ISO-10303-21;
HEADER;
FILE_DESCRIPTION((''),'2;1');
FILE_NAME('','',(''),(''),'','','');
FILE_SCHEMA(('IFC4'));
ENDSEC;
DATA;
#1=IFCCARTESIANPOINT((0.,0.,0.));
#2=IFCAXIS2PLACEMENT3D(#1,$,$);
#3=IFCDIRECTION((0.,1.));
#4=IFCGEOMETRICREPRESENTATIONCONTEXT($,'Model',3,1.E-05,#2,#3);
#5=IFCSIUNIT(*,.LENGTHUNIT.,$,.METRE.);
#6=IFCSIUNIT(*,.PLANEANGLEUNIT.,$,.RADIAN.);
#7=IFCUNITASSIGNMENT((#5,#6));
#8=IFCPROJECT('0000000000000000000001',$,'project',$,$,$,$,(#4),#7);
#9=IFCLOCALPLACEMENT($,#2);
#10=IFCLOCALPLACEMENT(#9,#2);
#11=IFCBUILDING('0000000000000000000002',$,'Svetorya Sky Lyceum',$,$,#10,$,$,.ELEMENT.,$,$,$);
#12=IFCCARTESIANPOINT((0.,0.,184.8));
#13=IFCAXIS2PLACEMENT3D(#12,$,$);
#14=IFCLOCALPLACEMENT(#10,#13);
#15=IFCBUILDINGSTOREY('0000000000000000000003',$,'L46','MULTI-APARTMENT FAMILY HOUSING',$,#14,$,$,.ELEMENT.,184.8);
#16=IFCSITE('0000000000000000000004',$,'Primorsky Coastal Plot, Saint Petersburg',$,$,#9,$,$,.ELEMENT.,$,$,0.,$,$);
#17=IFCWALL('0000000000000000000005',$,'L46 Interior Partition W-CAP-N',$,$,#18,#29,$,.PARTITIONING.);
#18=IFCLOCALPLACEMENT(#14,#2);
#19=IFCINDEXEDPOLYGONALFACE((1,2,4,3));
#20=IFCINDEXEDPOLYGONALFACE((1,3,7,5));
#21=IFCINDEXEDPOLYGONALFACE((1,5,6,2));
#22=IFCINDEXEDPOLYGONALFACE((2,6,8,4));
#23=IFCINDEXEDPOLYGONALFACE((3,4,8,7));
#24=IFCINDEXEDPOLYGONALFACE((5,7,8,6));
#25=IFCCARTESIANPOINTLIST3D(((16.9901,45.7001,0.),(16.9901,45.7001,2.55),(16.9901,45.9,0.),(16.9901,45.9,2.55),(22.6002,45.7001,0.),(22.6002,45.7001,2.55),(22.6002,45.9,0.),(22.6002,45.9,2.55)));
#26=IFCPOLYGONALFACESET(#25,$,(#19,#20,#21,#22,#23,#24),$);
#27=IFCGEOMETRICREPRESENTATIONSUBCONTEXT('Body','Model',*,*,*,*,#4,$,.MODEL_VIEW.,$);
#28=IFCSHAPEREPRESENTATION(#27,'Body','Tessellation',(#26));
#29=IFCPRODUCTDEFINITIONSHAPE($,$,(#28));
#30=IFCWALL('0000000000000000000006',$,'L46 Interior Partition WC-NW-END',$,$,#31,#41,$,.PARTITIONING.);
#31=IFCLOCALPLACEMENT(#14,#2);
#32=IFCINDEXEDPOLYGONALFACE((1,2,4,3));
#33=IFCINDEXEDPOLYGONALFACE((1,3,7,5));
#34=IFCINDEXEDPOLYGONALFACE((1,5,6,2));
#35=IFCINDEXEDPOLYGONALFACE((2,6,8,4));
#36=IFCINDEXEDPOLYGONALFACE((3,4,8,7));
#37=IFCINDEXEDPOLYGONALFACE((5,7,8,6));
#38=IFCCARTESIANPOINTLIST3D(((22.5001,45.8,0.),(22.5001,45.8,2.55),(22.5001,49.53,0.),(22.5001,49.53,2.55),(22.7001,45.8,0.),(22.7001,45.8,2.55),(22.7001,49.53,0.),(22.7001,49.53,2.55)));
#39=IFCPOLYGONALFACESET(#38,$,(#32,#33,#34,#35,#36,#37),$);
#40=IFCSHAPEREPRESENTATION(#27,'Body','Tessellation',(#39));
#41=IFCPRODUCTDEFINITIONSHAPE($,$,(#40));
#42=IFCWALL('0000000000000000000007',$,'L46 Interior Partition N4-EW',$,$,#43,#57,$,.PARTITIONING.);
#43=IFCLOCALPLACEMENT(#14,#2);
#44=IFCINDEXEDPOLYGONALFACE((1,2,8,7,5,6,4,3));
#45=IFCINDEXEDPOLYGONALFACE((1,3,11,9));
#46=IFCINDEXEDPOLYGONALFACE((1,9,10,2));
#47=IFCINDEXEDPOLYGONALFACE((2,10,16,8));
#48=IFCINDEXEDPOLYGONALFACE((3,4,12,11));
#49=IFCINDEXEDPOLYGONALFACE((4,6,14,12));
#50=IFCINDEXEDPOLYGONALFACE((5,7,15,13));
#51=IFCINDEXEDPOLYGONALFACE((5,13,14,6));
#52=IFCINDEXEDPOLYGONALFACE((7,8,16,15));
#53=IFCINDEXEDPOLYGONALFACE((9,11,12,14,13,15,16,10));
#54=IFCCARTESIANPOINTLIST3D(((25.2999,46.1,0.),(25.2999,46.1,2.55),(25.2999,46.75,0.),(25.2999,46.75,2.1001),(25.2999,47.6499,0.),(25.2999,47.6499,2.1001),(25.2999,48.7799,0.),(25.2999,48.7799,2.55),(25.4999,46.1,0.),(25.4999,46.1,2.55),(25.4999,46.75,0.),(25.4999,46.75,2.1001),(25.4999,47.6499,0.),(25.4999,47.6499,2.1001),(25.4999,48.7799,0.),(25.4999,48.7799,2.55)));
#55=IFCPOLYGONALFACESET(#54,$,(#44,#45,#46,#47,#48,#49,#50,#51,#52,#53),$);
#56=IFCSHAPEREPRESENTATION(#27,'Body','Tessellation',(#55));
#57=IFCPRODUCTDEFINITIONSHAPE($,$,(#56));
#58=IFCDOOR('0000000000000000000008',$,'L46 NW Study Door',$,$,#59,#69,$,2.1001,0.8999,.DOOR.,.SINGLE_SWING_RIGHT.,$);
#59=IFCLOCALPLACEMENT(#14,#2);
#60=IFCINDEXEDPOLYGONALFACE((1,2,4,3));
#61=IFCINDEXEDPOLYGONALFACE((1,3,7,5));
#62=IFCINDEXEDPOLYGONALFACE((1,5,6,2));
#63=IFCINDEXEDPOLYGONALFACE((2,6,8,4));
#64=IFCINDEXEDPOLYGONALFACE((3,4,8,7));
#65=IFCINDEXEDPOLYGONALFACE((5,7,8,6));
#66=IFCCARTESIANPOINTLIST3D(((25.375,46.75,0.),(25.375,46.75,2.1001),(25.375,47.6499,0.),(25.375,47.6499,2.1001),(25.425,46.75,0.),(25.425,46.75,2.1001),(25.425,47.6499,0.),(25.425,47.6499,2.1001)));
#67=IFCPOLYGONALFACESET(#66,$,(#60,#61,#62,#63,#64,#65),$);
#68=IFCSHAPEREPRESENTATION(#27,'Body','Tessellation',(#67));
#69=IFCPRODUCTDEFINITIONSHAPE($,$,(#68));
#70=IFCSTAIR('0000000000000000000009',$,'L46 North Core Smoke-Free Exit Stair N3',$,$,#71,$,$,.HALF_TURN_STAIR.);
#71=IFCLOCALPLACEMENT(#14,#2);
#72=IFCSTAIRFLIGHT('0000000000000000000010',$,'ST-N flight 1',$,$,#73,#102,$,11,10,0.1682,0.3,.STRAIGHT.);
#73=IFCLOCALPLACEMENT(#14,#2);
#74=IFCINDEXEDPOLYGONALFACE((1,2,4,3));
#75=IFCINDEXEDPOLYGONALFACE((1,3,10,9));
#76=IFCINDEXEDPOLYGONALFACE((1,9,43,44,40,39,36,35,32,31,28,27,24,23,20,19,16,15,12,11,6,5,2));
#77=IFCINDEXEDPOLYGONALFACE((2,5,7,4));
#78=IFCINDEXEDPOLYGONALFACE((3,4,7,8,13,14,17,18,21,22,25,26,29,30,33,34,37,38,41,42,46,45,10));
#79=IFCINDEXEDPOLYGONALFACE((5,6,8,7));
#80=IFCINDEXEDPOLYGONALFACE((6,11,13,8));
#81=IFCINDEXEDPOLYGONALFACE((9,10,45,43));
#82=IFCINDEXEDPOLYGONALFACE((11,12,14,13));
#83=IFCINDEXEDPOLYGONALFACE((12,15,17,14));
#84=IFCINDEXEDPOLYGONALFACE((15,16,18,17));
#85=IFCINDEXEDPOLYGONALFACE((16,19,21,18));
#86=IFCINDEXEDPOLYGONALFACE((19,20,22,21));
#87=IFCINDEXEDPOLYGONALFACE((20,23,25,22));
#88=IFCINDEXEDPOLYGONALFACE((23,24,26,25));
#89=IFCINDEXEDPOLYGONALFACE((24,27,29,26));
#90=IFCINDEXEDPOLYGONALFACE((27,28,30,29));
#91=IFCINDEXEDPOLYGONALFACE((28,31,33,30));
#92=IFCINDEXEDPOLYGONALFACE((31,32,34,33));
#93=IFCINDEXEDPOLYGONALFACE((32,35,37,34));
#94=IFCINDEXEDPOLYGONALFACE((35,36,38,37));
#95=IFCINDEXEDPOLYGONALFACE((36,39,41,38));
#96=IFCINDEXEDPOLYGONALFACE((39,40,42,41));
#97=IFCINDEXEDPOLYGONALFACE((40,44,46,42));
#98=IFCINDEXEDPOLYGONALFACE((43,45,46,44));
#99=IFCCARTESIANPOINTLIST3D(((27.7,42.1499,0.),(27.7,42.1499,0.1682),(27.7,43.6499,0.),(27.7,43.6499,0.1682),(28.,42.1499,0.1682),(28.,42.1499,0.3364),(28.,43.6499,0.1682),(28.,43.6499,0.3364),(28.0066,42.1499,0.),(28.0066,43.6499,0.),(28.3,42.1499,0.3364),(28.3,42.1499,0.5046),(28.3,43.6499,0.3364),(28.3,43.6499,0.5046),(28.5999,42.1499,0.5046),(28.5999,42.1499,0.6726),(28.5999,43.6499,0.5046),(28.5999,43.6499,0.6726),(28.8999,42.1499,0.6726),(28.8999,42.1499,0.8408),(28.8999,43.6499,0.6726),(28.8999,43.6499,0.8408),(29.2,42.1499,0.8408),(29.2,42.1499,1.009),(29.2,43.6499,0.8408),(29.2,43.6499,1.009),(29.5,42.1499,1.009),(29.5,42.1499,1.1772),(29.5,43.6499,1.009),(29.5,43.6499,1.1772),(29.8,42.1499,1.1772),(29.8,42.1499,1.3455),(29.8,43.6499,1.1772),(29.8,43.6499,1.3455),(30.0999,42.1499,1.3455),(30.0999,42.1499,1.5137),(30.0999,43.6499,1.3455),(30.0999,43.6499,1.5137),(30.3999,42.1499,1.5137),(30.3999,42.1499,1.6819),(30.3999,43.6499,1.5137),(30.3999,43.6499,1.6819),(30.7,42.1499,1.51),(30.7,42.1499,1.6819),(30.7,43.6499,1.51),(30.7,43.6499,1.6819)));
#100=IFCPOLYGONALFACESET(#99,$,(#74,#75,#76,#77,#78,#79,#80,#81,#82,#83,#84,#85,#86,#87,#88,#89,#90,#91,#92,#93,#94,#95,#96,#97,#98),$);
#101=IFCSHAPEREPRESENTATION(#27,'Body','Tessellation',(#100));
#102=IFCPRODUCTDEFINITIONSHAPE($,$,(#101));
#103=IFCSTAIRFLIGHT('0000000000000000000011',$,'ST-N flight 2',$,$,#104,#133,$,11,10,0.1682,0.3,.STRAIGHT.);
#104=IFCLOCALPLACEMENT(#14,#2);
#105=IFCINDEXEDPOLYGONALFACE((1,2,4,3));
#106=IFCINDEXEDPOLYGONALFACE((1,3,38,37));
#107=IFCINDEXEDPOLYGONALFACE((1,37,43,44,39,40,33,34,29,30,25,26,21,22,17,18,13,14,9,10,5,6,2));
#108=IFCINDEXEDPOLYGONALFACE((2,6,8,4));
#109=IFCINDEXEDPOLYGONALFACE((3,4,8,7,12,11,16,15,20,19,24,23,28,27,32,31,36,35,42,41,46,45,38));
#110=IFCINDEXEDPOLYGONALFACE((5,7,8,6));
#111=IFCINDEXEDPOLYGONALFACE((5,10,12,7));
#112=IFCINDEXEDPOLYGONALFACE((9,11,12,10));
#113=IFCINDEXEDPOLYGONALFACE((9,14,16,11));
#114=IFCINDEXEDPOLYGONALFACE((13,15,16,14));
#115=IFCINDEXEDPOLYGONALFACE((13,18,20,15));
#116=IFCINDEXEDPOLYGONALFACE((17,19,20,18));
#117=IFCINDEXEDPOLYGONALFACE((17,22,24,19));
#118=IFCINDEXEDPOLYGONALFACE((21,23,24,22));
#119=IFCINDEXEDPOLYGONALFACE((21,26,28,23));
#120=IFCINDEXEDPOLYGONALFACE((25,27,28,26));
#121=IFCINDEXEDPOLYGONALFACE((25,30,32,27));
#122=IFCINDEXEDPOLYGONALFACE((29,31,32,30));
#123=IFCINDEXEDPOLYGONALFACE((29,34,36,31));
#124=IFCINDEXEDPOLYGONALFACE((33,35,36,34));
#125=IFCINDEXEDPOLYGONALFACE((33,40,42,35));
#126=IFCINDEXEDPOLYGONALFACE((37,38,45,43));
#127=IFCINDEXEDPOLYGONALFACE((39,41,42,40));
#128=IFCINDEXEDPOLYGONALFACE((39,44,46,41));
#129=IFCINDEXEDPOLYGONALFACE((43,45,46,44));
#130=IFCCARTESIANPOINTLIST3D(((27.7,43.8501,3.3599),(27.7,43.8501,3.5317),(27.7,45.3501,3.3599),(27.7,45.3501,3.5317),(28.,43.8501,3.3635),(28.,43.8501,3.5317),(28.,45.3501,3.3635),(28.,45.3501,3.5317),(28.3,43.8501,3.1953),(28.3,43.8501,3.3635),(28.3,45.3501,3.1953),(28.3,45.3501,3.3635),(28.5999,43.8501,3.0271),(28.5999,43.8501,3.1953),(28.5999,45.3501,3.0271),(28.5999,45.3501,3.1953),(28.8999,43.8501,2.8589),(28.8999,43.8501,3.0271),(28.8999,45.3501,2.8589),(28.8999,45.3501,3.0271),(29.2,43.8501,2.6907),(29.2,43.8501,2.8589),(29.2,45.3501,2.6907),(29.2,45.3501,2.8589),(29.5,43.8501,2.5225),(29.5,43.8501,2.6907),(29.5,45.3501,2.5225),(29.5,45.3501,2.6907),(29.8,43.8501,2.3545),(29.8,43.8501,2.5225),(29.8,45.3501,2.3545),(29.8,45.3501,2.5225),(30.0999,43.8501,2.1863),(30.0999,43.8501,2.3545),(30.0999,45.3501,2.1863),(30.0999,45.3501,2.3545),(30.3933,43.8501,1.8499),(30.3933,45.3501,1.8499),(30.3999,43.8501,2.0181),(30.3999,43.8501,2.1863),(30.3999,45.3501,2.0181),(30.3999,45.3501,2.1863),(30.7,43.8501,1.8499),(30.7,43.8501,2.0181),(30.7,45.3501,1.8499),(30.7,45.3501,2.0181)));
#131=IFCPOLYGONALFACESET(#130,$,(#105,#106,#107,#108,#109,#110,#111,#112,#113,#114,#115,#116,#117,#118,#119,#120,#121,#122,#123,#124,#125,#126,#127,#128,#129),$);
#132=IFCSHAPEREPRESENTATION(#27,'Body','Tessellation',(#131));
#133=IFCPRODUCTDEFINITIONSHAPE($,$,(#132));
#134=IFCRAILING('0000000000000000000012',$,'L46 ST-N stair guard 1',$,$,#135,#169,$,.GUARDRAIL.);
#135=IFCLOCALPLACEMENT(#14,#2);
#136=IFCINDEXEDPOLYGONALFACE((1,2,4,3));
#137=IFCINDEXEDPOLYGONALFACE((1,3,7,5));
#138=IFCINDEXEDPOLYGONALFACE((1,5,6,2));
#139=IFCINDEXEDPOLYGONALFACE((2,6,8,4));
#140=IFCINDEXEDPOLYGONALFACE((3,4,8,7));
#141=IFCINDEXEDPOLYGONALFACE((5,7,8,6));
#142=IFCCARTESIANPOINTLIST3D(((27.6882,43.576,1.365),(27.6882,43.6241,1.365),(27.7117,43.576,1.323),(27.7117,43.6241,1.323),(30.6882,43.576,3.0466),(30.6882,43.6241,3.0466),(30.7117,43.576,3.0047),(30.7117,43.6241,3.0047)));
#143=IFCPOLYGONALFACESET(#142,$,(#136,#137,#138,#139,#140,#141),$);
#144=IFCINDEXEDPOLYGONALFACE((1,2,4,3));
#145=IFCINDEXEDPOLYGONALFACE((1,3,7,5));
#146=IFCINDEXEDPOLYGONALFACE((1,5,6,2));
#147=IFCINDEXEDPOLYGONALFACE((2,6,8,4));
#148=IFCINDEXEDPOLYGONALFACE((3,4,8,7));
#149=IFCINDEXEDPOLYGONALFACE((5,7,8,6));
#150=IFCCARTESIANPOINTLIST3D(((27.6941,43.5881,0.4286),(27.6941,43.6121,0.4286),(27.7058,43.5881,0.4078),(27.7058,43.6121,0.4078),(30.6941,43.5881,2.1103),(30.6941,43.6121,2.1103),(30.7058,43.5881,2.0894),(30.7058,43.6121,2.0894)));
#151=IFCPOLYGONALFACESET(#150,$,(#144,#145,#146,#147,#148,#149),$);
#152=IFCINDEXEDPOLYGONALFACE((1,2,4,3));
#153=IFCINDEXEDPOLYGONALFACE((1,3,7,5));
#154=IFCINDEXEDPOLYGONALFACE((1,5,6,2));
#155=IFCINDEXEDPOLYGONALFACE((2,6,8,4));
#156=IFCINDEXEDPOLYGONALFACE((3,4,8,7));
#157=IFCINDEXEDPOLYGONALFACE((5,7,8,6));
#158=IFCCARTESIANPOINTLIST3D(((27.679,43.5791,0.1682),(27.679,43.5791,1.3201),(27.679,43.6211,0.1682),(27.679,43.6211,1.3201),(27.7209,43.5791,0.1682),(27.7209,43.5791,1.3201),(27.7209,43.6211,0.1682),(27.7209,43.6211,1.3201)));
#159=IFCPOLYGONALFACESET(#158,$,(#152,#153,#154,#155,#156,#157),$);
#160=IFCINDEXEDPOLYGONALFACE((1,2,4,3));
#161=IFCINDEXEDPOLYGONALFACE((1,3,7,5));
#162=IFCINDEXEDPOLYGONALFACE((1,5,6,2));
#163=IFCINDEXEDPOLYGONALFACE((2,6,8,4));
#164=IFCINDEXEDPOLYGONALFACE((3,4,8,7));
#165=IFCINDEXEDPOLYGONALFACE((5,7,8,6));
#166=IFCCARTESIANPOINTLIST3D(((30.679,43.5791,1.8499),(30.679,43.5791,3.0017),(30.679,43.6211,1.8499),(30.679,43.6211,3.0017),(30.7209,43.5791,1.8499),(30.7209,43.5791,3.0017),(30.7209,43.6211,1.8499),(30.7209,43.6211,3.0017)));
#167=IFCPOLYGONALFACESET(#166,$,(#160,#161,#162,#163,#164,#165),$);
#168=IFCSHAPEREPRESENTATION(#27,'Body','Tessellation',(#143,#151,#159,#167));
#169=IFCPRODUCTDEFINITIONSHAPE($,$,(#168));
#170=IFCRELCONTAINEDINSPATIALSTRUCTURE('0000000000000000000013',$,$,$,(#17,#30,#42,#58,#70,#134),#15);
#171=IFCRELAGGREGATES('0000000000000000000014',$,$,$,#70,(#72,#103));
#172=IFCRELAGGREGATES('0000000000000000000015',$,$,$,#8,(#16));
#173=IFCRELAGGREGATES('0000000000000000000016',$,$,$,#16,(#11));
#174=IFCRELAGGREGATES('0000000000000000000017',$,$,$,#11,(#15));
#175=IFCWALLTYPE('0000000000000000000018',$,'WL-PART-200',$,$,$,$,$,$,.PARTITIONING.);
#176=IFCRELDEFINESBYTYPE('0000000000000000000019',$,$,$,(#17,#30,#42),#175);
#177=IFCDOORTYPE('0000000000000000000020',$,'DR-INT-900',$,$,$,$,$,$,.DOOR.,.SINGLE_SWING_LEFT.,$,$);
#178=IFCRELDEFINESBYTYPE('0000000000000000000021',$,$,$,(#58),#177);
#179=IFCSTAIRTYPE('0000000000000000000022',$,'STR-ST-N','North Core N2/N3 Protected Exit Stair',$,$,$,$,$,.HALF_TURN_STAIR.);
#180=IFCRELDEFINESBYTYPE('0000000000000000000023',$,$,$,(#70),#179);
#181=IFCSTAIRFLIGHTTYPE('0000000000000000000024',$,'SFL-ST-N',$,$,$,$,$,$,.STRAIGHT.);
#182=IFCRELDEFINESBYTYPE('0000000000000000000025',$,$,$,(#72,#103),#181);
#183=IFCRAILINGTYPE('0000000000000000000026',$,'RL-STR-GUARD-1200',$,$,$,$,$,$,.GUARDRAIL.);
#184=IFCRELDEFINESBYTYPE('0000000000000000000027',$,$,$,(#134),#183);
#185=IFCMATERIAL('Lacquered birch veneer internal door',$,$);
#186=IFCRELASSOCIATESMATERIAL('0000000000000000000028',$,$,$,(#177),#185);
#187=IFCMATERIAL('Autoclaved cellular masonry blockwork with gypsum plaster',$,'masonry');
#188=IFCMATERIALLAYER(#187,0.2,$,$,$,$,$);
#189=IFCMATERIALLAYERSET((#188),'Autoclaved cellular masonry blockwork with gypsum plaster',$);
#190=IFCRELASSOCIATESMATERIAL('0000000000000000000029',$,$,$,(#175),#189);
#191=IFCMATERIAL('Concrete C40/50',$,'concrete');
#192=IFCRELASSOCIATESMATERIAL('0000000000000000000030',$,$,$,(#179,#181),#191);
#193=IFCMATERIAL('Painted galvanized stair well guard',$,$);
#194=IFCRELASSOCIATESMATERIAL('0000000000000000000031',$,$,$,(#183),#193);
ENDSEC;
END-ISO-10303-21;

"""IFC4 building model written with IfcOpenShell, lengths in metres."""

from ifc_helpers import new_model, si_unit, direction, frame, frame_2d, origin, origin_2d, place, context, subcontext, project, spatial, polyline, rectangle, outline, extrude, material, layer, layer_set, type_object, element, fill, aggregate, save


model = new_model("IFC4")

# Units and contexts
model_context = context("Model", 3, precision=1e-05, world=origin(), true_north=direction((0.0, 1.0)))
body_context = subcontext(model_context, "Body", "Model", "MODEL_VIEW")
ifc_project = project(units=[si_unit("LENGTHUNIT", "METRE"), si_unit("PLANEANGLEUNIT", "RADIAN")], contexts=[model_context])

# Site, building, storey
site_placement = place(None, origin())
site = spatial("IfcSite", under=ifc_project, at=site_placement, Name="Primorsky Coastal Plot, Saint Petersburg", CompositionType="ELEMENT", RefElevation=0.0)
building_placement = place(site_placement, origin())
building = spatial("IfcBuilding", under=site, at=building_placement, Name="Svetorya Sky Lyceum", CompositionType="ELEMENT")
storey_placement = place(building_placement, frame((0.0, 0.0, 184.8)))
storey = spatial("IfcBuildingStorey", under=building, at=storey_placement, Name="L46", Description="MULTI-APARTMENT FAMILY HOUSING", CompositionType="ELEMENT", Elevation=184.8)

# Shared definitions
ifc_material_1 = material(Name="Lacquered birch veneer internal door")
door_type = type_object("IfcDoorType", Name="DR-INT-900", OperationType="SINGLE_SWING_LEFT", PredefinedType="DOOR", material=ifc_material_1)

# Walls
ifc_material_2 = material(Name="Autoclaved cellular masonry blockwork with gypsum plaster", Category="masonry")
ifc_layer_1 = layer(ifc_material_2, 0.2)
ifc_layer_set_1 = layer_set([ifc_layer_1], Name="Autoclaved cellular masonry blockwork with gypsum plaster")
wall_type_1 = type_object("IfcWallType", Name="WL-PART-200", PredefinedType="PARTITIONING", material=ifc_layer_set_1)
wall_1_placement = place(storey_placement, frame((16.99, 45.8, 0.0), z_axis=(0.0, 0.0, 1.0), x_axis=(1.0, 0.0, 0.0)))
element("IfcWall", 1, at=wall_1_placement, inside=storey, type_object=wall_type_1, Name="L46 Interior Partition W-CAP-N", PredefinedType="PARTITIONING", context=body_context, shape_type="SweptSolid", body=[
    extrude(rectangle(XDim=5.6101, YDim=0.2, at=frame_2d((2.8052, 0.0))), origin(), (0.0, 0.0, 1.0), 2.55),
])
wall_2_placement = place(storey_placement, frame((22.6001, 45.8, 0.0), z_axis=(0.0, 0.0, 1.0), x_axis=(0.0, 1.0, 0.0)))
element("IfcWall", 2, at=wall_2_placement, inside=storey, type_object=wall_type_1, Name="L46 Interior Partition WC-NW-END", PredefinedType="PARTITIONING", context=body_context, shape_type="SweptSolid", body=[
    extrude(rectangle(XDim=3.73, YDim=0.2, at=frame_2d((1.865, 0.0))), origin(), (0.0, 0.0, 1.0), 2.55),
])

# Wall, opening, door
wall_3_placement = place(storey_placement, frame((25.3999, 46.1001, 0.0), z_axis=(0.0, 0.0, 1.0), x_axis=(0.0, 1.0, 0.0)))
wall_3 = element("IfcWall", 3, at=wall_3_placement, inside=storey, type_object=wall_type_1, Name="L46 Interior Partition N4-EW", PredefinedType="PARTITIONING", context=body_context, shape_type="SweptSolid", body=[
    extrude(rectangle(XDim=2.6799, YDim=0.2, at=frame_2d((1.3398, 0.0))), origin(), (0.0, 0.0, 1.0), 2.55),
])
opening_1_placement = place(wall_3_placement, frame((0.6499, 0.0, 0.0)))
opening_1 = element("IfcOpeningElement", 4, at=opening_1_placement, cuts=wall_3, PredefinedType="OPENING", context=body_context, shape_type="SweptSolid", body=[
    extrude(rectangle(XDim=0.8999, YDim=2.1001, at=frame_2d((0.45, 1.05))), frame((0.0, 0.1099, 0.0), z_axis=(0.0, -1.0, 0.0), x_axis=(1.0, 0.0, 0.0)), (0.0, 0.0, 1.0), 0.22),
])
door_1_placement = place(opening_1_placement, origin())
door_1 = element("IfcDoor", 5, at=door_1_placement, inside=storey, type_object=door_type, Name="L46 NW Study Door", OperationType="SINGLE_SWING_RIGHT", OverallHeight=2.1001, OverallWidth=0.8999, PredefinedType="DOOR", context=body_context, shape_type="SweptSolid", body=[
    extrude(rectangle(XDim=0.8999, YDim=2.1001, at=frame_2d((0.45, 1.05))), frame((0.0, 0.0249, 0.0), z_axis=(0.0, -1.0, 0.0), x_axis=(1.0, 0.0, 0.0)), (0.0, 0.0, 1.0), 0.05),
])
fill(opening_1, door_1)

# Stair, stair flights
ifc_material_3 = material(Name="Concrete C40/50", Category="concrete")
stair_type = type_object("IfcStairType", Name="STR-ST-N", Description="North Core N2/N3 Protected Exit Stair", PredefinedType="HALF_TURN_STAIR", material=ifc_material_3)
stair_placement = place(storey_placement, origin())
stair = element("IfcStair", 6, at=stair_placement, inside=storey, type_object=stair_type, Name="L46 North Core Smoke-Free Exit Stair N3", PredefinedType="HALF_TURN_STAIR")
stair_flight_type = type_object("IfcStairFlightType", Name="SFL-ST-N", PredefinedType="STRAIGHT", material=ifc_material_3)
stair_flight_1_placement = place(storey_placement, frame((27.7, 42.8999, 0.0), z_axis=(0.0, 0.0, 1.0), x_axis=(1.0, 0.0, 0.0)))
stair_flight_1 = element("IfcStairFlight", 7, at=stair_flight_1_placement, type_object=stair_flight_type, Name="ST-N flight 1", NumberOfRisers=11, NumberOfTreads=10, PredefinedType="STRAIGHT", RiserHeight=0.1682, TreadLength=0.3, context=body_context, shape_type="SweptSolid", body=[
    extrude(outline(polyline([(0.0, 0.0), (0.0, 0.1682), (0.3, 0.1682), (0.3, 0.3364), (0.6001, 0.3364), (0.6001, 0.5046), (0.8999, 0.5046), (0.8999, 0.6726), (1.2, 0.6726), (1.2, 0.8408), (1.5, 0.8408), (1.5, 1.009), (1.8, 1.009), (1.8, 1.1772), (2.1001, 1.1772), (2.1001, 1.3455), (2.3999, 1.3455), (2.3999, 1.5137), (2.7, 1.5137), (2.7, 1.6819), (3.0, 1.6819), (3.0, 1.8501), (3.0, 1.51), (0.3066, 0.0), (0.0, 0.0)])), frame((0.0, 0.75, 0.0), z_axis=(0.0, -1.0, 0.0), x_axis=(1.0, 0.0, 0.0)), (0.0, 0.0, 1.0), 1.5),
])
stair_flight_2_placement = place(storey_placement, frame((30.7, 44.6001, 1.8499), z_axis=(0.0, 0.0, 1.0), x_axis=(-1.0, 0.0, 0.0)))
stair_flight_2 = element("IfcStairFlight", 8, at=stair_flight_2_placement, type_object=stair_flight_type, Name="ST-N flight 2", NumberOfRisers=11, NumberOfTreads=10, PredefinedType="STRAIGHT", RiserHeight=0.1682, TreadLength=0.3, context=body_context, shape_type="SweptSolid", body=[
    extrude(outline(polyline([(0.0, 0.0), (0.0, 0.1682), (0.3, 0.1682), (0.3, 0.3364), (0.6001, 0.3364), (0.6001, 0.5046), (0.8999, 0.5046), (0.8999, 0.6726), (1.2, 0.6726), (1.2, 0.8408), (1.5, 0.8408), (1.5, 1.009), (1.8, 1.009), (1.8, 1.1772), (2.1001, 1.1772), (2.1001, 1.3455), (2.3999, 1.3455), (2.3999, 1.5137), (2.7, 1.5137), (2.7, 1.6819), (3.0, 1.6819), (3.0, 1.8501), (3.0, 1.51), (0.3066, 0.0), (0.0, 0.0)])), frame((0.0, 0.75, 0.0), z_axis=(0.0, -1.0, 0.0), x_axis=(1.0, 0.0, 0.0)), (0.0, 0.0, 1.0), 1.5),
])
aggregate(stair, [stair_flight_1, stair_flight_2])

# Railing
ifc_material_4 = material(Name="Painted galvanized stair well guard")
railing_type_1 = type_object("IfcRailingType", Name="RL-STR-GUARD-1200", PredefinedType="GUARDRAIL", material=ifc_material_4)
railing_1_placement = place(storey_placement, frame((27.7, 43.6001, 0.1682)))
element("IfcRailing", 9, at=railing_1_placement, inside=storey, type_object=railing_type_1, Name="L46 ST-N stair guard 1", PredefinedType="GUARDRAIL", context=body_context, shape_type="SweptSolid", body=[
    extrude(rectangle(XDim=0.0481, YDim=0.0481, at=origin_2d()), frame((0.0, 0.0, 1.1758), z_axis=(0.872303, 0.0, 0.488966), x_axis=(0.0, 1.0, 0.0)), (0.0, 0.0, 1.0), 3.4392),
    extrude(rectangle(XDim=0.0239, YDim=0.0239, at=origin_2d()), frame((0.0, 0.0, 0.25), z_axis=(0.872303, 0.0, 0.488966), x_axis=(0.0, 1.0, 0.0)), (0.0, 0.0, 1.0), 3.4392),
    extrude(rectangle(XDim=0.042, YDim=0.042, at=origin_2d()), origin(), (0.0, 0.0, 1.0), 1.1519),
    extrude(rectangle(XDim=0.042, YDim=0.042, at=origin_2d()), frame((3.0, 0.0, 1.6816)), (0.0, 0.0, 1.0), 1.1519),
])

save(model, "model.ifc")
